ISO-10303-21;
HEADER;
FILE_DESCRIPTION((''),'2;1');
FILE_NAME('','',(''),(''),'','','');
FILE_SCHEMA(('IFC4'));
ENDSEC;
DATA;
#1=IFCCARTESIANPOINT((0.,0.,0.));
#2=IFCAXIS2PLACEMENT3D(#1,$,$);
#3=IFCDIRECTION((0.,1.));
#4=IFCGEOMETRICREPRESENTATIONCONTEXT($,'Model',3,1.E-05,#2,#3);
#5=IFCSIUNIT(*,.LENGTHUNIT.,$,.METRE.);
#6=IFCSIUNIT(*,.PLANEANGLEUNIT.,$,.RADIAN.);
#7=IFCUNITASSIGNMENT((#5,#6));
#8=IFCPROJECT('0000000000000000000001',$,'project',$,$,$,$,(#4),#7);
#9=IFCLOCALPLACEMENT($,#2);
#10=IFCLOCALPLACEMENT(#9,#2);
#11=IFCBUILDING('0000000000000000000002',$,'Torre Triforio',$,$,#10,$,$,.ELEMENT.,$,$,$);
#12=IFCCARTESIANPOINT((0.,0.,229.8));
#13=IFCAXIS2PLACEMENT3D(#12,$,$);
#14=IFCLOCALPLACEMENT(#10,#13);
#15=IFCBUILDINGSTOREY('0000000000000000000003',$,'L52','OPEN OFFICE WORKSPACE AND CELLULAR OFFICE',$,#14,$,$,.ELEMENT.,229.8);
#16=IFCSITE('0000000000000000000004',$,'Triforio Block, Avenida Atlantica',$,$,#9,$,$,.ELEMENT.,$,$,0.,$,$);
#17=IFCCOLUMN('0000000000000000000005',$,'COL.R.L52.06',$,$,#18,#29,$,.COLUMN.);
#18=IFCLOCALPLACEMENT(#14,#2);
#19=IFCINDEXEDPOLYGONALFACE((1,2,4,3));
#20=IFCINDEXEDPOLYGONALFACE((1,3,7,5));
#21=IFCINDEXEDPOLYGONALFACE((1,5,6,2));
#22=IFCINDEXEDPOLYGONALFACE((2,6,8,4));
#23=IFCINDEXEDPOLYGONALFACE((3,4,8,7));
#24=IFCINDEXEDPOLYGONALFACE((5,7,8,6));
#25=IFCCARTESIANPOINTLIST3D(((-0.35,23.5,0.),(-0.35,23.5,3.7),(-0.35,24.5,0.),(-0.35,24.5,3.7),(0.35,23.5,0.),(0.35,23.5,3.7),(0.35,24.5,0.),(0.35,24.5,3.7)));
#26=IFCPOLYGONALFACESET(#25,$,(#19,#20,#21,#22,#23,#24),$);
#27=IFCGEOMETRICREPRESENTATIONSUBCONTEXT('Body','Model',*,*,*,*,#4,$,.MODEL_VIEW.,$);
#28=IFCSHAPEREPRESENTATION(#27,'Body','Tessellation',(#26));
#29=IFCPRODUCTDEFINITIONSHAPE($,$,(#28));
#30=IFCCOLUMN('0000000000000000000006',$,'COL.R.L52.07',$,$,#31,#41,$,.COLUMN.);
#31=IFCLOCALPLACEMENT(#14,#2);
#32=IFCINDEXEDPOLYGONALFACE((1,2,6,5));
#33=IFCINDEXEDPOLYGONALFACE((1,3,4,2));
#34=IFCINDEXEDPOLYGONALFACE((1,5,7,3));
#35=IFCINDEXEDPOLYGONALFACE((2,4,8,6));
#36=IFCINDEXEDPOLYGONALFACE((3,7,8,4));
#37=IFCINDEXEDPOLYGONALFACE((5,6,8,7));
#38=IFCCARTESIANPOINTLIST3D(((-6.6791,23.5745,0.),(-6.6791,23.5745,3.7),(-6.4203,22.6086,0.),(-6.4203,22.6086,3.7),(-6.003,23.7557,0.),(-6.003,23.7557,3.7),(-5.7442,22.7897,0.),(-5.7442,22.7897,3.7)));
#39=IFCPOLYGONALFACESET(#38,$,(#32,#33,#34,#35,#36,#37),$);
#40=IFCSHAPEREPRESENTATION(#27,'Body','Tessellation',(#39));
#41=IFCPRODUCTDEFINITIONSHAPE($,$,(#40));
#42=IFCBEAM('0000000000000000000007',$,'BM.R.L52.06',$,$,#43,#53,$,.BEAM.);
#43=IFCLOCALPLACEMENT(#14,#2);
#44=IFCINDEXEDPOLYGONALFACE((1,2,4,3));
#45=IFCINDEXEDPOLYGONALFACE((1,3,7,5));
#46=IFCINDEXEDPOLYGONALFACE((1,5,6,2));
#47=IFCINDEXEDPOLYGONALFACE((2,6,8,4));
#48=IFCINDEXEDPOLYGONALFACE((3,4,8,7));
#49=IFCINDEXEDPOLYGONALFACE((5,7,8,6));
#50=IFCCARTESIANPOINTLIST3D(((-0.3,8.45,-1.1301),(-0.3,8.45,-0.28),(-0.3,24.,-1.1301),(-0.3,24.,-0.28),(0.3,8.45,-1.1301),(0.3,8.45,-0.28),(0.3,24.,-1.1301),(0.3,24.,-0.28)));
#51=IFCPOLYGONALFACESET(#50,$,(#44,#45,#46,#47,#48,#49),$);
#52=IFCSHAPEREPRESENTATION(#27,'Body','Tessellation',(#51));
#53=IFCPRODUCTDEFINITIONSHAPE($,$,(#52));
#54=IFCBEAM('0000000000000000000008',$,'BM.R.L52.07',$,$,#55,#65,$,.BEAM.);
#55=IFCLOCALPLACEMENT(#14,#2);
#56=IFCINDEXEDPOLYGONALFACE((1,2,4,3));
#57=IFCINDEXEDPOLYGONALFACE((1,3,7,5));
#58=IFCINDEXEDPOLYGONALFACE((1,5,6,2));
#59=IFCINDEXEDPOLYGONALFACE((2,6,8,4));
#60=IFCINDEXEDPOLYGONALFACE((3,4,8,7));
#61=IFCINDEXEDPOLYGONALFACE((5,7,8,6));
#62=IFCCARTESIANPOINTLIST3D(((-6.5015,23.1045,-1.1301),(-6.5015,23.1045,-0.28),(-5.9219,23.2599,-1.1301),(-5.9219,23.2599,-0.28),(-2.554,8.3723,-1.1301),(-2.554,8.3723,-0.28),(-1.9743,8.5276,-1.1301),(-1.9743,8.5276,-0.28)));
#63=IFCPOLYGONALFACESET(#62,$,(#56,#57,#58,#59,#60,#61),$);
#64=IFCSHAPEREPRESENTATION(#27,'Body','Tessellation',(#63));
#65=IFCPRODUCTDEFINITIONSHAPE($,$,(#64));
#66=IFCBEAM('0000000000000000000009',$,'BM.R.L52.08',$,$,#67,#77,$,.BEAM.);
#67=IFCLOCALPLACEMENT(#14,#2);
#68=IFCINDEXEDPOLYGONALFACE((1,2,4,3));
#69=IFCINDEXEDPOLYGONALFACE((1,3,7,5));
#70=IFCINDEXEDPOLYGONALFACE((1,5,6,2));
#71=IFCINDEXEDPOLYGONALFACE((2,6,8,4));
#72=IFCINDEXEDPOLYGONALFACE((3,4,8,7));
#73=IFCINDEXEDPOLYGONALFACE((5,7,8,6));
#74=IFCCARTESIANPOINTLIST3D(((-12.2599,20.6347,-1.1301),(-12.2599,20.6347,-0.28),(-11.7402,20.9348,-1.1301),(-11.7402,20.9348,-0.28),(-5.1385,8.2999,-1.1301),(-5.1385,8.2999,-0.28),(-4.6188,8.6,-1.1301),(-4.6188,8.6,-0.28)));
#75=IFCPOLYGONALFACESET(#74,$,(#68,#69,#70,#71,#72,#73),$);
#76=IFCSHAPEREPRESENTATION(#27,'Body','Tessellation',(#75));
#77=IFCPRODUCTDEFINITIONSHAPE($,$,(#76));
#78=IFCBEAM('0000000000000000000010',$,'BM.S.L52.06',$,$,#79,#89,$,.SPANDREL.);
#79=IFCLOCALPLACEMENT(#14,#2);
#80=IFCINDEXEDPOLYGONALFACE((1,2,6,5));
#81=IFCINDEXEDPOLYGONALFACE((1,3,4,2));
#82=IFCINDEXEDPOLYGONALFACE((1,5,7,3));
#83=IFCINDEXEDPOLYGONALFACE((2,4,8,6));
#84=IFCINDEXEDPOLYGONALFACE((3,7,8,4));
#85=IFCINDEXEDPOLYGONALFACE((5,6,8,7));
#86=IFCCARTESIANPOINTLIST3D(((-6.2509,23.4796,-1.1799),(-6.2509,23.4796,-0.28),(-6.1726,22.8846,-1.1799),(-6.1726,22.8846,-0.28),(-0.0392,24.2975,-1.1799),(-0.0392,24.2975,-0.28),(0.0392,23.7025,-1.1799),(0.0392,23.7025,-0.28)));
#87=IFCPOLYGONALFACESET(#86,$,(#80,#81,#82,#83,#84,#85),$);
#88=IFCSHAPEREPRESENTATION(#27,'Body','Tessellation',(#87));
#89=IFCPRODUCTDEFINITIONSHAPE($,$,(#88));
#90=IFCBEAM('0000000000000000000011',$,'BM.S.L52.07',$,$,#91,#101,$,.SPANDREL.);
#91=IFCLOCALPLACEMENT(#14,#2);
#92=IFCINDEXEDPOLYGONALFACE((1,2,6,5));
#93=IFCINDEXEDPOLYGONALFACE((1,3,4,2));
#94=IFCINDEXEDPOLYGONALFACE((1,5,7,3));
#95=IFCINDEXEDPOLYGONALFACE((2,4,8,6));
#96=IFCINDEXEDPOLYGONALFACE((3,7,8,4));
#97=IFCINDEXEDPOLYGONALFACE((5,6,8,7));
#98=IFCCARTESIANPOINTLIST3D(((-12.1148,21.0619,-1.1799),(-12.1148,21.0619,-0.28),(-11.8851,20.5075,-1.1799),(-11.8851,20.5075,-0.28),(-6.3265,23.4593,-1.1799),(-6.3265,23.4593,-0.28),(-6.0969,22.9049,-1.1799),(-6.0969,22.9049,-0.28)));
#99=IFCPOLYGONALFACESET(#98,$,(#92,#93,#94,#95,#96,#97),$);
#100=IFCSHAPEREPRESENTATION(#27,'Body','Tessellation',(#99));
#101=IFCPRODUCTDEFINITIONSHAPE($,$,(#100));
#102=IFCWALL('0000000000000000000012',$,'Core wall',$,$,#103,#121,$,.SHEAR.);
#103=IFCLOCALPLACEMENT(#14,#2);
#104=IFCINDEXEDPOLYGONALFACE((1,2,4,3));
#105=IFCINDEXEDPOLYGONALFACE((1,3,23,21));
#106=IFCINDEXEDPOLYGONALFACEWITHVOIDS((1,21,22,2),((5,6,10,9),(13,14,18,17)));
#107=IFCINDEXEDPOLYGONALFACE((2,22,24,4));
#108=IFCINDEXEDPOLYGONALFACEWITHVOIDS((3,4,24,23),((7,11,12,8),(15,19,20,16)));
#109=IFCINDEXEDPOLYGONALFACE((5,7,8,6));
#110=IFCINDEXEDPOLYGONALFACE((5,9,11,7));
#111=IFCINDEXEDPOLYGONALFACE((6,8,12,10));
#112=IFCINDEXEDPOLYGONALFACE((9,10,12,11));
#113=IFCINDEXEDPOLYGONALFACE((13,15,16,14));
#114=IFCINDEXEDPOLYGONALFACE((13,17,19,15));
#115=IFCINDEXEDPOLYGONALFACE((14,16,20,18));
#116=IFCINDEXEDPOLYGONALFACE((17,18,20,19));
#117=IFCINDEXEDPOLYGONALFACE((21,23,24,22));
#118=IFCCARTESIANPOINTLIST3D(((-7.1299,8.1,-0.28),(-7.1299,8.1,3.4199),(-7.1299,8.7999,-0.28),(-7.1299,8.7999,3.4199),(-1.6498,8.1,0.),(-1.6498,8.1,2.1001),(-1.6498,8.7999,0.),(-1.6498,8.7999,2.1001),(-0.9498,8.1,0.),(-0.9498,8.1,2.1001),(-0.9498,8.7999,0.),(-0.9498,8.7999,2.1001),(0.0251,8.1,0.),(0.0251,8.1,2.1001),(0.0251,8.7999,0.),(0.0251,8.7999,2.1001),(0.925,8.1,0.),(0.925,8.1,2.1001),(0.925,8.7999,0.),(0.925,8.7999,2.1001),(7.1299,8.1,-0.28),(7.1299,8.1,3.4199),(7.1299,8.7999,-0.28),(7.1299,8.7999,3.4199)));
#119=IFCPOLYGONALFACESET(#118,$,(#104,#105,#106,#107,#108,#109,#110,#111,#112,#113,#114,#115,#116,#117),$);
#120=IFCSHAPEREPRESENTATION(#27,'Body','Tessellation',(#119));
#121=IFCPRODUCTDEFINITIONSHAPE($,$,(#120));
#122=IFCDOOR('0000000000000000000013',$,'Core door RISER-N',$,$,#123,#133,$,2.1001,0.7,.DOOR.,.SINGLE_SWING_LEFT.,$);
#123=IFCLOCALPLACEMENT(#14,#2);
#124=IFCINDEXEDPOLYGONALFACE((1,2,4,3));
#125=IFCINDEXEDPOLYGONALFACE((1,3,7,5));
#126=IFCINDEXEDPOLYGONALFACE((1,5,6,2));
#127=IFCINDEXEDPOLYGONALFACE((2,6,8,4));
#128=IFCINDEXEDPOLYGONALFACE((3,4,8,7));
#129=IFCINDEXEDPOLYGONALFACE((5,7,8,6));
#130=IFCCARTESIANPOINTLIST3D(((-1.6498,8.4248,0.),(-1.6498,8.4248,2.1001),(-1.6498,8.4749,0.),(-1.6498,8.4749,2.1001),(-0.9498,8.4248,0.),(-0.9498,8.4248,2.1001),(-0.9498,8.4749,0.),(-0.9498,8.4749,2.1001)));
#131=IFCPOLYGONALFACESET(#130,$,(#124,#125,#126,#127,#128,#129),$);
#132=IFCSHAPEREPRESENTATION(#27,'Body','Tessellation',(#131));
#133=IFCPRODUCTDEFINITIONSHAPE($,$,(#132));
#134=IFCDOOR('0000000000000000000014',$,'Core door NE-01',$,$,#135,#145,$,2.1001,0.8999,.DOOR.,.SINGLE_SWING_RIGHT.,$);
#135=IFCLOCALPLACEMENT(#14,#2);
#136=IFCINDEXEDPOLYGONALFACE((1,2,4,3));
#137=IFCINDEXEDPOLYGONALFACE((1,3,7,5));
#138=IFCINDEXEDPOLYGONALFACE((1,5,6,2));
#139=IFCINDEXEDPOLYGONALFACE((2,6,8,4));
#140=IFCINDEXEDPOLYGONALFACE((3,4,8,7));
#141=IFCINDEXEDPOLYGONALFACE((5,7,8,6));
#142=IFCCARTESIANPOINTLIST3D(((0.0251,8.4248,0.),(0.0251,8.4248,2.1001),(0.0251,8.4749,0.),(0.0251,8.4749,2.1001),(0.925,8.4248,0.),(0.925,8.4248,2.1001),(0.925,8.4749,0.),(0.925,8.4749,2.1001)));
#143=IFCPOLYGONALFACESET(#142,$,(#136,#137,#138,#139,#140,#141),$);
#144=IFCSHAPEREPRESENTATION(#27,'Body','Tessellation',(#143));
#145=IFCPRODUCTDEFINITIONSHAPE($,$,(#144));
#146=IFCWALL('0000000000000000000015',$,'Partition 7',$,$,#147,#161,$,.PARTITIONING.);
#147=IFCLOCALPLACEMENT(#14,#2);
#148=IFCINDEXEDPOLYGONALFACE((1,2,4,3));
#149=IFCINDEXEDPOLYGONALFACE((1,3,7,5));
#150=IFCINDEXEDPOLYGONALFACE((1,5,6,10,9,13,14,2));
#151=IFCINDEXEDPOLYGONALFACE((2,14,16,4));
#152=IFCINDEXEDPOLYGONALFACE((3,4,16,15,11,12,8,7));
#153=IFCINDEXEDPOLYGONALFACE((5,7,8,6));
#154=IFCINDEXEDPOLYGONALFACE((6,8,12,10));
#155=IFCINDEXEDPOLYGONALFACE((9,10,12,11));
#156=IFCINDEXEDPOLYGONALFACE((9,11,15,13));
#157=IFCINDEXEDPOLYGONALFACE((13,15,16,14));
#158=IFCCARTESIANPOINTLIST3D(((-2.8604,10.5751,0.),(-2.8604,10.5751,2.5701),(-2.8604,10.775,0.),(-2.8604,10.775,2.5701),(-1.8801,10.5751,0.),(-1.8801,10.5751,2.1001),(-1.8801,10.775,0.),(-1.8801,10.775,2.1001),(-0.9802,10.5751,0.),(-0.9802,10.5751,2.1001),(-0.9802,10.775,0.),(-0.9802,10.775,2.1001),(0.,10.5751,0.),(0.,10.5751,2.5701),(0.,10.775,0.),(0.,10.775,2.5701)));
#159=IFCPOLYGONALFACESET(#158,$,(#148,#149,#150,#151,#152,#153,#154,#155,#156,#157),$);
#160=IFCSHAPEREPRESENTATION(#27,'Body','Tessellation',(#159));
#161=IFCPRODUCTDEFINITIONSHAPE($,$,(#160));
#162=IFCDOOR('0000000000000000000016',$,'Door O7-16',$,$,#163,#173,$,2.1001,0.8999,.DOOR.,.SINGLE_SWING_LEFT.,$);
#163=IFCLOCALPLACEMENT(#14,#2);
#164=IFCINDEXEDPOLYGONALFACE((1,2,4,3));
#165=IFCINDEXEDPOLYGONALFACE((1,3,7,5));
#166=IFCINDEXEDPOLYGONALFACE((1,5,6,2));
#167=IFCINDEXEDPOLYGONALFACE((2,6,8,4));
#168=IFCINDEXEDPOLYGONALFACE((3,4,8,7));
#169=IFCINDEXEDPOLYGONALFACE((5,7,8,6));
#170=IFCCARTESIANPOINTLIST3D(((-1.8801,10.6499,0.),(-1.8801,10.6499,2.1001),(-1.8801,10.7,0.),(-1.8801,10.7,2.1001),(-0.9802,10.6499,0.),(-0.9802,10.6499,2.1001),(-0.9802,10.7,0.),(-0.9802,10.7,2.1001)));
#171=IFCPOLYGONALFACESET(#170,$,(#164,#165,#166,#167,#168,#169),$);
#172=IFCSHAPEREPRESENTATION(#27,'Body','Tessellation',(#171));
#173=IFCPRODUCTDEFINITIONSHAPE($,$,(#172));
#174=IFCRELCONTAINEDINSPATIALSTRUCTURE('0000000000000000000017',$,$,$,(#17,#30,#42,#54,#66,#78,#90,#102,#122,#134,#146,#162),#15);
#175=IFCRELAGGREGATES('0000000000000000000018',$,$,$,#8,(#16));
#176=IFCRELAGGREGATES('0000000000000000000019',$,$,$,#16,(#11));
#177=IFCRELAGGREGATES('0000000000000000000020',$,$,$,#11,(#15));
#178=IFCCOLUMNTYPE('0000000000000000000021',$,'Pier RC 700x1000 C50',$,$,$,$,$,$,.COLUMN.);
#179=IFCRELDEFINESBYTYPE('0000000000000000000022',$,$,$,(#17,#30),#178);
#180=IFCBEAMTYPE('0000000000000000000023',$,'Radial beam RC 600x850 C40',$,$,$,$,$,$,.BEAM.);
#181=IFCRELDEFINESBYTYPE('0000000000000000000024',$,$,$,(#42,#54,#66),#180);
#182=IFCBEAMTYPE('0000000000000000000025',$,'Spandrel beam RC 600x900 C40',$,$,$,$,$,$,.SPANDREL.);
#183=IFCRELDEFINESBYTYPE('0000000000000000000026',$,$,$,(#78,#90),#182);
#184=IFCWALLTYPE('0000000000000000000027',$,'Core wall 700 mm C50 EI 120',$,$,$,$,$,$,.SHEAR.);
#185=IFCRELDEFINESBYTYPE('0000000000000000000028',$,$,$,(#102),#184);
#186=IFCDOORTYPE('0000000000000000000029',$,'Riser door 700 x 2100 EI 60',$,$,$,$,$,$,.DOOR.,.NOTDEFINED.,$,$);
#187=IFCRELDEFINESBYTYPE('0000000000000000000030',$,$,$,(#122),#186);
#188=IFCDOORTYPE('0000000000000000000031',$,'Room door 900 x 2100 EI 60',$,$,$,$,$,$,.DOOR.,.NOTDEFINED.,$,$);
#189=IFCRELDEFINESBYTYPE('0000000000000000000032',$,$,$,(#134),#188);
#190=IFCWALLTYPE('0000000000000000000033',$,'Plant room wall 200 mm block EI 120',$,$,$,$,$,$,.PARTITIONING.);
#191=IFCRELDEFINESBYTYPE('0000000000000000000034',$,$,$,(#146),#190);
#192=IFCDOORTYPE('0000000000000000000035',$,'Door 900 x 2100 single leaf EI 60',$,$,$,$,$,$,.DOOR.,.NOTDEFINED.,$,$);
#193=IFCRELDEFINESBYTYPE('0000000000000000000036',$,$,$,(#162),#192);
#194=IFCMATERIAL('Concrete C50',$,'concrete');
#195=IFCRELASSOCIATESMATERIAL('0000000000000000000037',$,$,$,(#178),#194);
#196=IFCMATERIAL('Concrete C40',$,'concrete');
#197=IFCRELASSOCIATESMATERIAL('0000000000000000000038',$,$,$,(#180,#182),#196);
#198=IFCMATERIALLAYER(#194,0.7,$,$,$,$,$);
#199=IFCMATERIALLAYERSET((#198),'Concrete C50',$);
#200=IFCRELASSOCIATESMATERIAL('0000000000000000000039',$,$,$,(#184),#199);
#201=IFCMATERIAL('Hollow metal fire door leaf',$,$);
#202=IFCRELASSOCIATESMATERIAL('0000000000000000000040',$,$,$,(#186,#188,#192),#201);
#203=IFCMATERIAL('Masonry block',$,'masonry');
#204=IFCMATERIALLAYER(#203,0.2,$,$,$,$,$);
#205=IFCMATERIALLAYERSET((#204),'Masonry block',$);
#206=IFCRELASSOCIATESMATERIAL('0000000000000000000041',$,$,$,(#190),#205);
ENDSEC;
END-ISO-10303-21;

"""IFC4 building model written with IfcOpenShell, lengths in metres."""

from ifc_helpers import new_model, si_unit, direction, frame, frame_2d, origin, origin_2d, place, context, subcontext, project, spatial, rectangle, extrude, material, layer, layer_set, material_profile, profile_set, type_object, element, fill, save


model = new_model("IFC4")

# Units and contexts
model_context = context("Model", 3, precision=1e-05, world=origin(), true_north=direction((0.0, 1.0)))
body_context = subcontext(model_context, "Body", "Model", "MODEL_VIEW")
ifc_project = project(units=[si_unit("LENGTHUNIT", "METRE"), si_unit("PLANEANGLEUNIT", "RADIAN")], contexts=[model_context])

# Site, building, storey
site_placement = place(None, origin())
site = spatial("IfcSite", under=ifc_project, at=site_placement, Name="Triforio Block, Avenida Atlantica", CompositionType="ELEMENT", RefElevation=0.0)
building_placement = place(site_placement, origin())
building = spatial("IfcBuilding", under=site, at=building_placement, Name="Torre Triforio", CompositionType="ELEMENT")
storey_placement = place(building_placement, frame((0.0, 0.0, 229.8)))
storey = spatial("IfcBuildingStorey", under=building, at=storey_placement, Name="L52", Description="OPEN OFFICE WORKSPACE AND CELLULAR OFFICE", CompositionType="ELEMENT", Elevation=229.8)

# Columns
ifc_material_1 = material(Name="Concrete C50", Category="concrete")
ifc_material_profile_1 = material_profile(ifc_material_1, rectangle(XDim=0.7, YDim=1.0, at=origin_2d()), Name="RC 700x1000")
ifc_profile_set_1 = profile_set([ifc_material_profile_1], Name="Concrete C50")
column_type = type_object("IfcColumnType", Name="Pier RC 700x1000 C50", PredefinedType="COLUMN", material=ifc_profile_set_1)
for number, where, z_axis, x_axis, name in (
    (1, (0.0, 24.0, 0.0), (0.0, 0.0, 1.0), (-1.0, 0.0, 0.0), "COL.R.L52.06"),
    (2, (-6.2117, 23.1821, 0.0), (0.0, 0.0, 1.0), (-0.965926, -0.258819, 0.0), "COL.R.L52.07"),
):
    element("IfcColumn", number, at=place(storey_placement, frame(where, z_axis=z_axis, x_axis=x_axis)), inside=storey, type_object=column_type, Name=name, PredefinedType="COLUMN", context=body_context, shape_type="SweptSolid", body=[
        extrude(rectangle(XDim=0.7, YDim=1.0, at=origin_2d()), origin(), (0.0, 0.0, 1.0), 3.7),
    ])

# Beams
ifc_material_2 = material(Name="Concrete C40", Category="concrete")
ifc_material_profile_2 = material_profile(ifc_material_2, rectangle(XDim=0.6001, YDim=0.8501, at=origin_2d()), Name="RC 600x850")
ifc_profile_set_2 = profile_set([ifc_material_profile_2], Name="Concrete C40")
beam_type_1 = type_object("IfcBeamType", Name="Radial beam RC 600x850 C40", PredefinedType="BEAM", material=ifc_profile_set_2)
beam_1_placement = place(storey_placement, frame((0.0, 8.45, -0.7051), z_axis=(0.0, 1.0, 0.0), x_axis=(-1.0, 0.0, 0.0)))
element("IfcBeam", 3, at=beam_1_placement, inside=storey, type_object=beam_type_1, Name="BM.R.L52.06", PredefinedType="BEAM", context=body_context, shape_type="SweptSolid", body=[
    extrude(rectangle(XDim=0.6001, YDim=0.8501, at=origin_2d()), origin(), (0.0, 0.0, 1.0), 15.55),
])
beam_2_placement = place(storey_placement, frame((-2.2642, 8.45, -0.7051), z_axis=(-0.258821, 0.965925, 0.0), x_axis=(-0.965925, -0.258821, 0.0)))
element("IfcBeam", 4, at=beam_2_placement, inside=storey, type_object=beam_type_1, Name="BM.R.L52.07", PredefinedType="BEAM", context=body_context, shape_type="SweptSolid", body=[
    extrude(rectangle(XDim=0.6001, YDim=0.8501, at=origin_2d()), origin(), (0.0, 0.0, 1.0), 15.252),
])
beam_3_placement = place(storey_placement, frame((-4.8787, 8.45, -0.7051), z_axis=(-0.499994, 0.866029, 0.0), x_axis=(-0.866029, -0.499994, 0.0)))
element("IfcBeam", 5, at=beam_3_placement, inside=storey, type_object=beam_type_1, Name="BM.R.L52.08", PredefinedType="BEAM", context=body_context, shape_type="SweptSolid", body=[
    extrude(rectangle(XDim=0.6001, YDim=0.8501, at=origin_2d()), origin(), (0.0, 0.0, 1.0), 14.2429),
])
ifc_material_profile_3 = material_profile(ifc_material_2, rectangle(XDim=0.6001, YDim=0.8999, at=origin_2d()), Name="RC 600x900")
ifc_profile_set_3 = profile_set([ifc_material_profile_3], Name="Concrete C40")
beam_type_2 = type_object("IfcBeamType", Name="Spandrel beam RC 600x900 C40", PredefinedType="SPANDREL", material=ifc_profile_set_3)
beam_4_placement = place(storey_placement, frame((0.0, 24.0, -0.73), z_axis=(-0.991443, -0.13054, 0.0), x_axis=(0.13054, -0.991443, 0.0)))
element("IfcBeam", 6, at=beam_4_placement, inside=storey, type_object=beam_type_2, Name="BM.S.L52.06", PredefinedType="SPANDREL", context=body_context, shape_type="SweptSolid", body=[
    extrude(rectangle(XDim=0.6001, YDim=0.8999, at=origin_2d()), origin(), (0.0, 0.0, 1.0), 6.2654),
])
beam_5_placement = place(storey_placement, frame((-6.2117, 23.1821, -0.73), z_axis=(-0.923888, -0.382664, 0.0), x_axis=(0.382664, -0.923888, 0.0)))
element("IfcBeam", 7, at=beam_5_placement, inside=storey, type_object=beam_type_2, Name="BM.S.L52.07", PredefinedType="SPANDREL", context=body_context, shape_type="SweptSolid", body=[
    extrude(rectangle(XDim=0.6001, YDim=0.8999, at=origin_2d()), origin(), (0.0, 0.0, 1.0), 6.2651),
])

# Wall, openings, doors
ifc_layer_1 = layer(ifc_material_1, 0.7)
ifc_layer_set_1 = layer_set([ifc_layer_1], Name="Concrete C50")
wall_type_1 = type_object("IfcWallType", Name="Core wall 700 mm C50 EI 120", PredefinedType="SHEAR", material=ifc_layer_set_1)
wall_1_placement = place(storey_placement, frame((-7.1299, 8.45, -0.28), z_axis=(0.0, 0.0, 1.0), x_axis=(1.0, 0.0, 0.0)))
wall_1 = element("IfcWall", 8, at=wall_1_placement, inside=storey, type_object=wall_type_1, Name="Core wall", PredefinedType="SHEAR", context=body_context, shape_type="SweptSolid", body=[
    extrude(rectangle(XDim=14.2598, YDim=0.7, at=frame_2d((7.1299, 0.0))), origin(), (0.0, 0.0, 1.0), 3.7),
])
opening_1_placement = place(wall_1_placement, frame((5.48, 0.0, 0.28)))
opening_1 = element("IfcOpeningElement", 9, at=opening_1_placement, cuts=wall_1, PredefinedType="OPENING", context=body_context, shape_type="SweptSolid", body=[
    extrude(rectangle(XDim=0.7, YDim=2.1001, at=frame_2d((0.3501, 1.05))), frame((0.0, 0.3599, 0.0), z_axis=(0.0, -1.0, 0.0), x_axis=(1.0, 0.0, 0.0)), (0.0, 0.0, 1.0), 0.72),
])
opening_2_placement = place(wall_1_placement, frame((7.155, 0.0, 0.28)))
opening_2 = element("IfcOpeningElement", 10, at=opening_2_placement, cuts=wall_1, PredefinedType="OPENING", context=body_context, shape_type="SweptSolid", body=[
    extrude(rectangle(XDim=0.8999, YDim=2.1001, at=frame_2d((0.45, 1.05))), frame((0.0, 0.3599, 0.0), z_axis=(0.0, -1.0, 0.0), x_axis=(1.0, 0.0, 0.0)), (0.0, 0.0, 1.0), 0.72),
])
ifc_material_3 = material(Name="Hollow metal fire door leaf")
door_type_1 = type_object("IfcDoorType", Name="Riser door 700 x 2100 EI 60", OperationType="NOTDEFINED", PredefinedType="DOOR", material=ifc_material_3)
door_1_placement = place(opening_1_placement, origin())
door_1 = element("IfcDoor", 11, at=door_1_placement, inside=storey, type_object=door_type_1, Name="Core door RISER-N", OperationType="SINGLE_SWING_LEFT", OverallHeight=2.1001, OverallWidth=0.7, PredefinedType="DOOR", context=body_context, shape_type="SweptSolid", body=[
    extrude(rectangle(XDim=0.7, YDim=2.1001, at=frame_2d((0.3501, 1.05))), frame((0.0, 0.0249, 0.0), z_axis=(0.0, -1.0, 0.0), x_axis=(1.0, 0.0, 0.0)), (0.0, 0.0, 1.0), 0.05),
])
fill(opening_1, door_1)
door_type_2 = type_object("IfcDoorType", Name="Room door 900 x 2100 EI 60", OperationType="NOTDEFINED", PredefinedType="DOOR", material=ifc_material_3)
door_2_placement = place(opening_2_placement, origin())
door_2 = element("IfcDoor", 12, at=door_2_placement, inside=storey, type_object=door_type_2, Name="Core door NE-01", OperationType="SINGLE_SWING_RIGHT", OverallHeight=2.1001, OverallWidth=0.8999, PredefinedType="DOOR", context=body_context, shape_type="SweptSolid", body=[
    extrude(rectangle(XDim=0.8999, YDim=2.1001, at=frame_2d((0.45, 1.05))), frame((0.0, 0.0249, 0.0), z_axis=(0.0, -1.0, 0.0), x_axis=(1.0, 0.0, 0.0)), (0.0, 0.0, 1.0), 0.05),
])
fill(opening_2, door_2)

# Wall, opening, door
ifc_material_4 = material(Name="Masonry block", Category="masonry")
ifc_layer_2 = layer(ifc_material_4, 0.2)
ifc_layer_set_2 = layer_set([ifc_layer_2], Name="Masonry block")
wall_type_2 = type_object("IfcWallType", Name="Plant room wall 200 mm block EI 120", PredefinedType="PARTITIONING", material=ifc_layer_set_2)
wall_2_placement = place(storey_placement, frame((-2.8604, 10.675, 0.0), z_axis=(0.0, 0.0, 1.0), x_axis=(1.0, 0.0, 0.0)))
wall_2 = element("IfcWall", 13, at=wall_2_placement, inside=storey, type_object=wall_type_2, Name="Partition 7", PredefinedType="PARTITIONING", context=body_context, shape_type="SweptSolid", body=[
    extrude(rectangle(XDim=2.8604, YDim=0.2, at=frame_2d((1.4302, 0.0))), origin(), (0.0, 0.0, 1.0), 2.5701),
])
opening_3_placement = place(wall_2_placement, frame((0.9802, 0.0, 0.0)))
opening_3 = element("IfcOpeningElement", 14, at=opening_3_placement, cuts=wall_2, PredefinedType="OPENING", context=body_context, shape_type="SweptSolid", body=[
    extrude(rectangle(XDim=0.8999, YDim=2.1001, at=frame_2d((0.45, 1.05))), frame((0.0, 0.1099, 0.0), z_axis=(0.0, -1.0, 0.0), x_axis=(1.0, 0.0, 0.0)), (0.0, 0.0, 1.0), 0.22),
])
door_type_3 = type_object("IfcDoorType", Name="Door 900 x 2100 single leaf EI 60", OperationType="NOTDEFINED", PredefinedType="DOOR", material=ifc_material_3)
door_3_placement = place(opening_3_placement, origin())
door_3 = element("IfcDoor", 15, at=door_3_placement, inside=storey, type_object=door_type_3, Name="Door O7-16", OperationType="SINGLE_SWING_LEFT", OverallHeight=2.1001, OverallWidth=0.8999, PredefinedType="DOOR", context=body_context, shape_type="SweptSolid", body=[
    extrude(rectangle(XDim=0.8999, YDim=2.1001, at=frame_2d((0.45, 1.05))), frame((0.0, 0.0249, 0.0), z_axis=(0.0, -1.0, 0.0), x_axis=(1.0, 0.0, 0.0)), (0.0, 0.0, 1.0), 0.05),
])
fill(opening_3, door_3)

save(model, "model.ifc")
